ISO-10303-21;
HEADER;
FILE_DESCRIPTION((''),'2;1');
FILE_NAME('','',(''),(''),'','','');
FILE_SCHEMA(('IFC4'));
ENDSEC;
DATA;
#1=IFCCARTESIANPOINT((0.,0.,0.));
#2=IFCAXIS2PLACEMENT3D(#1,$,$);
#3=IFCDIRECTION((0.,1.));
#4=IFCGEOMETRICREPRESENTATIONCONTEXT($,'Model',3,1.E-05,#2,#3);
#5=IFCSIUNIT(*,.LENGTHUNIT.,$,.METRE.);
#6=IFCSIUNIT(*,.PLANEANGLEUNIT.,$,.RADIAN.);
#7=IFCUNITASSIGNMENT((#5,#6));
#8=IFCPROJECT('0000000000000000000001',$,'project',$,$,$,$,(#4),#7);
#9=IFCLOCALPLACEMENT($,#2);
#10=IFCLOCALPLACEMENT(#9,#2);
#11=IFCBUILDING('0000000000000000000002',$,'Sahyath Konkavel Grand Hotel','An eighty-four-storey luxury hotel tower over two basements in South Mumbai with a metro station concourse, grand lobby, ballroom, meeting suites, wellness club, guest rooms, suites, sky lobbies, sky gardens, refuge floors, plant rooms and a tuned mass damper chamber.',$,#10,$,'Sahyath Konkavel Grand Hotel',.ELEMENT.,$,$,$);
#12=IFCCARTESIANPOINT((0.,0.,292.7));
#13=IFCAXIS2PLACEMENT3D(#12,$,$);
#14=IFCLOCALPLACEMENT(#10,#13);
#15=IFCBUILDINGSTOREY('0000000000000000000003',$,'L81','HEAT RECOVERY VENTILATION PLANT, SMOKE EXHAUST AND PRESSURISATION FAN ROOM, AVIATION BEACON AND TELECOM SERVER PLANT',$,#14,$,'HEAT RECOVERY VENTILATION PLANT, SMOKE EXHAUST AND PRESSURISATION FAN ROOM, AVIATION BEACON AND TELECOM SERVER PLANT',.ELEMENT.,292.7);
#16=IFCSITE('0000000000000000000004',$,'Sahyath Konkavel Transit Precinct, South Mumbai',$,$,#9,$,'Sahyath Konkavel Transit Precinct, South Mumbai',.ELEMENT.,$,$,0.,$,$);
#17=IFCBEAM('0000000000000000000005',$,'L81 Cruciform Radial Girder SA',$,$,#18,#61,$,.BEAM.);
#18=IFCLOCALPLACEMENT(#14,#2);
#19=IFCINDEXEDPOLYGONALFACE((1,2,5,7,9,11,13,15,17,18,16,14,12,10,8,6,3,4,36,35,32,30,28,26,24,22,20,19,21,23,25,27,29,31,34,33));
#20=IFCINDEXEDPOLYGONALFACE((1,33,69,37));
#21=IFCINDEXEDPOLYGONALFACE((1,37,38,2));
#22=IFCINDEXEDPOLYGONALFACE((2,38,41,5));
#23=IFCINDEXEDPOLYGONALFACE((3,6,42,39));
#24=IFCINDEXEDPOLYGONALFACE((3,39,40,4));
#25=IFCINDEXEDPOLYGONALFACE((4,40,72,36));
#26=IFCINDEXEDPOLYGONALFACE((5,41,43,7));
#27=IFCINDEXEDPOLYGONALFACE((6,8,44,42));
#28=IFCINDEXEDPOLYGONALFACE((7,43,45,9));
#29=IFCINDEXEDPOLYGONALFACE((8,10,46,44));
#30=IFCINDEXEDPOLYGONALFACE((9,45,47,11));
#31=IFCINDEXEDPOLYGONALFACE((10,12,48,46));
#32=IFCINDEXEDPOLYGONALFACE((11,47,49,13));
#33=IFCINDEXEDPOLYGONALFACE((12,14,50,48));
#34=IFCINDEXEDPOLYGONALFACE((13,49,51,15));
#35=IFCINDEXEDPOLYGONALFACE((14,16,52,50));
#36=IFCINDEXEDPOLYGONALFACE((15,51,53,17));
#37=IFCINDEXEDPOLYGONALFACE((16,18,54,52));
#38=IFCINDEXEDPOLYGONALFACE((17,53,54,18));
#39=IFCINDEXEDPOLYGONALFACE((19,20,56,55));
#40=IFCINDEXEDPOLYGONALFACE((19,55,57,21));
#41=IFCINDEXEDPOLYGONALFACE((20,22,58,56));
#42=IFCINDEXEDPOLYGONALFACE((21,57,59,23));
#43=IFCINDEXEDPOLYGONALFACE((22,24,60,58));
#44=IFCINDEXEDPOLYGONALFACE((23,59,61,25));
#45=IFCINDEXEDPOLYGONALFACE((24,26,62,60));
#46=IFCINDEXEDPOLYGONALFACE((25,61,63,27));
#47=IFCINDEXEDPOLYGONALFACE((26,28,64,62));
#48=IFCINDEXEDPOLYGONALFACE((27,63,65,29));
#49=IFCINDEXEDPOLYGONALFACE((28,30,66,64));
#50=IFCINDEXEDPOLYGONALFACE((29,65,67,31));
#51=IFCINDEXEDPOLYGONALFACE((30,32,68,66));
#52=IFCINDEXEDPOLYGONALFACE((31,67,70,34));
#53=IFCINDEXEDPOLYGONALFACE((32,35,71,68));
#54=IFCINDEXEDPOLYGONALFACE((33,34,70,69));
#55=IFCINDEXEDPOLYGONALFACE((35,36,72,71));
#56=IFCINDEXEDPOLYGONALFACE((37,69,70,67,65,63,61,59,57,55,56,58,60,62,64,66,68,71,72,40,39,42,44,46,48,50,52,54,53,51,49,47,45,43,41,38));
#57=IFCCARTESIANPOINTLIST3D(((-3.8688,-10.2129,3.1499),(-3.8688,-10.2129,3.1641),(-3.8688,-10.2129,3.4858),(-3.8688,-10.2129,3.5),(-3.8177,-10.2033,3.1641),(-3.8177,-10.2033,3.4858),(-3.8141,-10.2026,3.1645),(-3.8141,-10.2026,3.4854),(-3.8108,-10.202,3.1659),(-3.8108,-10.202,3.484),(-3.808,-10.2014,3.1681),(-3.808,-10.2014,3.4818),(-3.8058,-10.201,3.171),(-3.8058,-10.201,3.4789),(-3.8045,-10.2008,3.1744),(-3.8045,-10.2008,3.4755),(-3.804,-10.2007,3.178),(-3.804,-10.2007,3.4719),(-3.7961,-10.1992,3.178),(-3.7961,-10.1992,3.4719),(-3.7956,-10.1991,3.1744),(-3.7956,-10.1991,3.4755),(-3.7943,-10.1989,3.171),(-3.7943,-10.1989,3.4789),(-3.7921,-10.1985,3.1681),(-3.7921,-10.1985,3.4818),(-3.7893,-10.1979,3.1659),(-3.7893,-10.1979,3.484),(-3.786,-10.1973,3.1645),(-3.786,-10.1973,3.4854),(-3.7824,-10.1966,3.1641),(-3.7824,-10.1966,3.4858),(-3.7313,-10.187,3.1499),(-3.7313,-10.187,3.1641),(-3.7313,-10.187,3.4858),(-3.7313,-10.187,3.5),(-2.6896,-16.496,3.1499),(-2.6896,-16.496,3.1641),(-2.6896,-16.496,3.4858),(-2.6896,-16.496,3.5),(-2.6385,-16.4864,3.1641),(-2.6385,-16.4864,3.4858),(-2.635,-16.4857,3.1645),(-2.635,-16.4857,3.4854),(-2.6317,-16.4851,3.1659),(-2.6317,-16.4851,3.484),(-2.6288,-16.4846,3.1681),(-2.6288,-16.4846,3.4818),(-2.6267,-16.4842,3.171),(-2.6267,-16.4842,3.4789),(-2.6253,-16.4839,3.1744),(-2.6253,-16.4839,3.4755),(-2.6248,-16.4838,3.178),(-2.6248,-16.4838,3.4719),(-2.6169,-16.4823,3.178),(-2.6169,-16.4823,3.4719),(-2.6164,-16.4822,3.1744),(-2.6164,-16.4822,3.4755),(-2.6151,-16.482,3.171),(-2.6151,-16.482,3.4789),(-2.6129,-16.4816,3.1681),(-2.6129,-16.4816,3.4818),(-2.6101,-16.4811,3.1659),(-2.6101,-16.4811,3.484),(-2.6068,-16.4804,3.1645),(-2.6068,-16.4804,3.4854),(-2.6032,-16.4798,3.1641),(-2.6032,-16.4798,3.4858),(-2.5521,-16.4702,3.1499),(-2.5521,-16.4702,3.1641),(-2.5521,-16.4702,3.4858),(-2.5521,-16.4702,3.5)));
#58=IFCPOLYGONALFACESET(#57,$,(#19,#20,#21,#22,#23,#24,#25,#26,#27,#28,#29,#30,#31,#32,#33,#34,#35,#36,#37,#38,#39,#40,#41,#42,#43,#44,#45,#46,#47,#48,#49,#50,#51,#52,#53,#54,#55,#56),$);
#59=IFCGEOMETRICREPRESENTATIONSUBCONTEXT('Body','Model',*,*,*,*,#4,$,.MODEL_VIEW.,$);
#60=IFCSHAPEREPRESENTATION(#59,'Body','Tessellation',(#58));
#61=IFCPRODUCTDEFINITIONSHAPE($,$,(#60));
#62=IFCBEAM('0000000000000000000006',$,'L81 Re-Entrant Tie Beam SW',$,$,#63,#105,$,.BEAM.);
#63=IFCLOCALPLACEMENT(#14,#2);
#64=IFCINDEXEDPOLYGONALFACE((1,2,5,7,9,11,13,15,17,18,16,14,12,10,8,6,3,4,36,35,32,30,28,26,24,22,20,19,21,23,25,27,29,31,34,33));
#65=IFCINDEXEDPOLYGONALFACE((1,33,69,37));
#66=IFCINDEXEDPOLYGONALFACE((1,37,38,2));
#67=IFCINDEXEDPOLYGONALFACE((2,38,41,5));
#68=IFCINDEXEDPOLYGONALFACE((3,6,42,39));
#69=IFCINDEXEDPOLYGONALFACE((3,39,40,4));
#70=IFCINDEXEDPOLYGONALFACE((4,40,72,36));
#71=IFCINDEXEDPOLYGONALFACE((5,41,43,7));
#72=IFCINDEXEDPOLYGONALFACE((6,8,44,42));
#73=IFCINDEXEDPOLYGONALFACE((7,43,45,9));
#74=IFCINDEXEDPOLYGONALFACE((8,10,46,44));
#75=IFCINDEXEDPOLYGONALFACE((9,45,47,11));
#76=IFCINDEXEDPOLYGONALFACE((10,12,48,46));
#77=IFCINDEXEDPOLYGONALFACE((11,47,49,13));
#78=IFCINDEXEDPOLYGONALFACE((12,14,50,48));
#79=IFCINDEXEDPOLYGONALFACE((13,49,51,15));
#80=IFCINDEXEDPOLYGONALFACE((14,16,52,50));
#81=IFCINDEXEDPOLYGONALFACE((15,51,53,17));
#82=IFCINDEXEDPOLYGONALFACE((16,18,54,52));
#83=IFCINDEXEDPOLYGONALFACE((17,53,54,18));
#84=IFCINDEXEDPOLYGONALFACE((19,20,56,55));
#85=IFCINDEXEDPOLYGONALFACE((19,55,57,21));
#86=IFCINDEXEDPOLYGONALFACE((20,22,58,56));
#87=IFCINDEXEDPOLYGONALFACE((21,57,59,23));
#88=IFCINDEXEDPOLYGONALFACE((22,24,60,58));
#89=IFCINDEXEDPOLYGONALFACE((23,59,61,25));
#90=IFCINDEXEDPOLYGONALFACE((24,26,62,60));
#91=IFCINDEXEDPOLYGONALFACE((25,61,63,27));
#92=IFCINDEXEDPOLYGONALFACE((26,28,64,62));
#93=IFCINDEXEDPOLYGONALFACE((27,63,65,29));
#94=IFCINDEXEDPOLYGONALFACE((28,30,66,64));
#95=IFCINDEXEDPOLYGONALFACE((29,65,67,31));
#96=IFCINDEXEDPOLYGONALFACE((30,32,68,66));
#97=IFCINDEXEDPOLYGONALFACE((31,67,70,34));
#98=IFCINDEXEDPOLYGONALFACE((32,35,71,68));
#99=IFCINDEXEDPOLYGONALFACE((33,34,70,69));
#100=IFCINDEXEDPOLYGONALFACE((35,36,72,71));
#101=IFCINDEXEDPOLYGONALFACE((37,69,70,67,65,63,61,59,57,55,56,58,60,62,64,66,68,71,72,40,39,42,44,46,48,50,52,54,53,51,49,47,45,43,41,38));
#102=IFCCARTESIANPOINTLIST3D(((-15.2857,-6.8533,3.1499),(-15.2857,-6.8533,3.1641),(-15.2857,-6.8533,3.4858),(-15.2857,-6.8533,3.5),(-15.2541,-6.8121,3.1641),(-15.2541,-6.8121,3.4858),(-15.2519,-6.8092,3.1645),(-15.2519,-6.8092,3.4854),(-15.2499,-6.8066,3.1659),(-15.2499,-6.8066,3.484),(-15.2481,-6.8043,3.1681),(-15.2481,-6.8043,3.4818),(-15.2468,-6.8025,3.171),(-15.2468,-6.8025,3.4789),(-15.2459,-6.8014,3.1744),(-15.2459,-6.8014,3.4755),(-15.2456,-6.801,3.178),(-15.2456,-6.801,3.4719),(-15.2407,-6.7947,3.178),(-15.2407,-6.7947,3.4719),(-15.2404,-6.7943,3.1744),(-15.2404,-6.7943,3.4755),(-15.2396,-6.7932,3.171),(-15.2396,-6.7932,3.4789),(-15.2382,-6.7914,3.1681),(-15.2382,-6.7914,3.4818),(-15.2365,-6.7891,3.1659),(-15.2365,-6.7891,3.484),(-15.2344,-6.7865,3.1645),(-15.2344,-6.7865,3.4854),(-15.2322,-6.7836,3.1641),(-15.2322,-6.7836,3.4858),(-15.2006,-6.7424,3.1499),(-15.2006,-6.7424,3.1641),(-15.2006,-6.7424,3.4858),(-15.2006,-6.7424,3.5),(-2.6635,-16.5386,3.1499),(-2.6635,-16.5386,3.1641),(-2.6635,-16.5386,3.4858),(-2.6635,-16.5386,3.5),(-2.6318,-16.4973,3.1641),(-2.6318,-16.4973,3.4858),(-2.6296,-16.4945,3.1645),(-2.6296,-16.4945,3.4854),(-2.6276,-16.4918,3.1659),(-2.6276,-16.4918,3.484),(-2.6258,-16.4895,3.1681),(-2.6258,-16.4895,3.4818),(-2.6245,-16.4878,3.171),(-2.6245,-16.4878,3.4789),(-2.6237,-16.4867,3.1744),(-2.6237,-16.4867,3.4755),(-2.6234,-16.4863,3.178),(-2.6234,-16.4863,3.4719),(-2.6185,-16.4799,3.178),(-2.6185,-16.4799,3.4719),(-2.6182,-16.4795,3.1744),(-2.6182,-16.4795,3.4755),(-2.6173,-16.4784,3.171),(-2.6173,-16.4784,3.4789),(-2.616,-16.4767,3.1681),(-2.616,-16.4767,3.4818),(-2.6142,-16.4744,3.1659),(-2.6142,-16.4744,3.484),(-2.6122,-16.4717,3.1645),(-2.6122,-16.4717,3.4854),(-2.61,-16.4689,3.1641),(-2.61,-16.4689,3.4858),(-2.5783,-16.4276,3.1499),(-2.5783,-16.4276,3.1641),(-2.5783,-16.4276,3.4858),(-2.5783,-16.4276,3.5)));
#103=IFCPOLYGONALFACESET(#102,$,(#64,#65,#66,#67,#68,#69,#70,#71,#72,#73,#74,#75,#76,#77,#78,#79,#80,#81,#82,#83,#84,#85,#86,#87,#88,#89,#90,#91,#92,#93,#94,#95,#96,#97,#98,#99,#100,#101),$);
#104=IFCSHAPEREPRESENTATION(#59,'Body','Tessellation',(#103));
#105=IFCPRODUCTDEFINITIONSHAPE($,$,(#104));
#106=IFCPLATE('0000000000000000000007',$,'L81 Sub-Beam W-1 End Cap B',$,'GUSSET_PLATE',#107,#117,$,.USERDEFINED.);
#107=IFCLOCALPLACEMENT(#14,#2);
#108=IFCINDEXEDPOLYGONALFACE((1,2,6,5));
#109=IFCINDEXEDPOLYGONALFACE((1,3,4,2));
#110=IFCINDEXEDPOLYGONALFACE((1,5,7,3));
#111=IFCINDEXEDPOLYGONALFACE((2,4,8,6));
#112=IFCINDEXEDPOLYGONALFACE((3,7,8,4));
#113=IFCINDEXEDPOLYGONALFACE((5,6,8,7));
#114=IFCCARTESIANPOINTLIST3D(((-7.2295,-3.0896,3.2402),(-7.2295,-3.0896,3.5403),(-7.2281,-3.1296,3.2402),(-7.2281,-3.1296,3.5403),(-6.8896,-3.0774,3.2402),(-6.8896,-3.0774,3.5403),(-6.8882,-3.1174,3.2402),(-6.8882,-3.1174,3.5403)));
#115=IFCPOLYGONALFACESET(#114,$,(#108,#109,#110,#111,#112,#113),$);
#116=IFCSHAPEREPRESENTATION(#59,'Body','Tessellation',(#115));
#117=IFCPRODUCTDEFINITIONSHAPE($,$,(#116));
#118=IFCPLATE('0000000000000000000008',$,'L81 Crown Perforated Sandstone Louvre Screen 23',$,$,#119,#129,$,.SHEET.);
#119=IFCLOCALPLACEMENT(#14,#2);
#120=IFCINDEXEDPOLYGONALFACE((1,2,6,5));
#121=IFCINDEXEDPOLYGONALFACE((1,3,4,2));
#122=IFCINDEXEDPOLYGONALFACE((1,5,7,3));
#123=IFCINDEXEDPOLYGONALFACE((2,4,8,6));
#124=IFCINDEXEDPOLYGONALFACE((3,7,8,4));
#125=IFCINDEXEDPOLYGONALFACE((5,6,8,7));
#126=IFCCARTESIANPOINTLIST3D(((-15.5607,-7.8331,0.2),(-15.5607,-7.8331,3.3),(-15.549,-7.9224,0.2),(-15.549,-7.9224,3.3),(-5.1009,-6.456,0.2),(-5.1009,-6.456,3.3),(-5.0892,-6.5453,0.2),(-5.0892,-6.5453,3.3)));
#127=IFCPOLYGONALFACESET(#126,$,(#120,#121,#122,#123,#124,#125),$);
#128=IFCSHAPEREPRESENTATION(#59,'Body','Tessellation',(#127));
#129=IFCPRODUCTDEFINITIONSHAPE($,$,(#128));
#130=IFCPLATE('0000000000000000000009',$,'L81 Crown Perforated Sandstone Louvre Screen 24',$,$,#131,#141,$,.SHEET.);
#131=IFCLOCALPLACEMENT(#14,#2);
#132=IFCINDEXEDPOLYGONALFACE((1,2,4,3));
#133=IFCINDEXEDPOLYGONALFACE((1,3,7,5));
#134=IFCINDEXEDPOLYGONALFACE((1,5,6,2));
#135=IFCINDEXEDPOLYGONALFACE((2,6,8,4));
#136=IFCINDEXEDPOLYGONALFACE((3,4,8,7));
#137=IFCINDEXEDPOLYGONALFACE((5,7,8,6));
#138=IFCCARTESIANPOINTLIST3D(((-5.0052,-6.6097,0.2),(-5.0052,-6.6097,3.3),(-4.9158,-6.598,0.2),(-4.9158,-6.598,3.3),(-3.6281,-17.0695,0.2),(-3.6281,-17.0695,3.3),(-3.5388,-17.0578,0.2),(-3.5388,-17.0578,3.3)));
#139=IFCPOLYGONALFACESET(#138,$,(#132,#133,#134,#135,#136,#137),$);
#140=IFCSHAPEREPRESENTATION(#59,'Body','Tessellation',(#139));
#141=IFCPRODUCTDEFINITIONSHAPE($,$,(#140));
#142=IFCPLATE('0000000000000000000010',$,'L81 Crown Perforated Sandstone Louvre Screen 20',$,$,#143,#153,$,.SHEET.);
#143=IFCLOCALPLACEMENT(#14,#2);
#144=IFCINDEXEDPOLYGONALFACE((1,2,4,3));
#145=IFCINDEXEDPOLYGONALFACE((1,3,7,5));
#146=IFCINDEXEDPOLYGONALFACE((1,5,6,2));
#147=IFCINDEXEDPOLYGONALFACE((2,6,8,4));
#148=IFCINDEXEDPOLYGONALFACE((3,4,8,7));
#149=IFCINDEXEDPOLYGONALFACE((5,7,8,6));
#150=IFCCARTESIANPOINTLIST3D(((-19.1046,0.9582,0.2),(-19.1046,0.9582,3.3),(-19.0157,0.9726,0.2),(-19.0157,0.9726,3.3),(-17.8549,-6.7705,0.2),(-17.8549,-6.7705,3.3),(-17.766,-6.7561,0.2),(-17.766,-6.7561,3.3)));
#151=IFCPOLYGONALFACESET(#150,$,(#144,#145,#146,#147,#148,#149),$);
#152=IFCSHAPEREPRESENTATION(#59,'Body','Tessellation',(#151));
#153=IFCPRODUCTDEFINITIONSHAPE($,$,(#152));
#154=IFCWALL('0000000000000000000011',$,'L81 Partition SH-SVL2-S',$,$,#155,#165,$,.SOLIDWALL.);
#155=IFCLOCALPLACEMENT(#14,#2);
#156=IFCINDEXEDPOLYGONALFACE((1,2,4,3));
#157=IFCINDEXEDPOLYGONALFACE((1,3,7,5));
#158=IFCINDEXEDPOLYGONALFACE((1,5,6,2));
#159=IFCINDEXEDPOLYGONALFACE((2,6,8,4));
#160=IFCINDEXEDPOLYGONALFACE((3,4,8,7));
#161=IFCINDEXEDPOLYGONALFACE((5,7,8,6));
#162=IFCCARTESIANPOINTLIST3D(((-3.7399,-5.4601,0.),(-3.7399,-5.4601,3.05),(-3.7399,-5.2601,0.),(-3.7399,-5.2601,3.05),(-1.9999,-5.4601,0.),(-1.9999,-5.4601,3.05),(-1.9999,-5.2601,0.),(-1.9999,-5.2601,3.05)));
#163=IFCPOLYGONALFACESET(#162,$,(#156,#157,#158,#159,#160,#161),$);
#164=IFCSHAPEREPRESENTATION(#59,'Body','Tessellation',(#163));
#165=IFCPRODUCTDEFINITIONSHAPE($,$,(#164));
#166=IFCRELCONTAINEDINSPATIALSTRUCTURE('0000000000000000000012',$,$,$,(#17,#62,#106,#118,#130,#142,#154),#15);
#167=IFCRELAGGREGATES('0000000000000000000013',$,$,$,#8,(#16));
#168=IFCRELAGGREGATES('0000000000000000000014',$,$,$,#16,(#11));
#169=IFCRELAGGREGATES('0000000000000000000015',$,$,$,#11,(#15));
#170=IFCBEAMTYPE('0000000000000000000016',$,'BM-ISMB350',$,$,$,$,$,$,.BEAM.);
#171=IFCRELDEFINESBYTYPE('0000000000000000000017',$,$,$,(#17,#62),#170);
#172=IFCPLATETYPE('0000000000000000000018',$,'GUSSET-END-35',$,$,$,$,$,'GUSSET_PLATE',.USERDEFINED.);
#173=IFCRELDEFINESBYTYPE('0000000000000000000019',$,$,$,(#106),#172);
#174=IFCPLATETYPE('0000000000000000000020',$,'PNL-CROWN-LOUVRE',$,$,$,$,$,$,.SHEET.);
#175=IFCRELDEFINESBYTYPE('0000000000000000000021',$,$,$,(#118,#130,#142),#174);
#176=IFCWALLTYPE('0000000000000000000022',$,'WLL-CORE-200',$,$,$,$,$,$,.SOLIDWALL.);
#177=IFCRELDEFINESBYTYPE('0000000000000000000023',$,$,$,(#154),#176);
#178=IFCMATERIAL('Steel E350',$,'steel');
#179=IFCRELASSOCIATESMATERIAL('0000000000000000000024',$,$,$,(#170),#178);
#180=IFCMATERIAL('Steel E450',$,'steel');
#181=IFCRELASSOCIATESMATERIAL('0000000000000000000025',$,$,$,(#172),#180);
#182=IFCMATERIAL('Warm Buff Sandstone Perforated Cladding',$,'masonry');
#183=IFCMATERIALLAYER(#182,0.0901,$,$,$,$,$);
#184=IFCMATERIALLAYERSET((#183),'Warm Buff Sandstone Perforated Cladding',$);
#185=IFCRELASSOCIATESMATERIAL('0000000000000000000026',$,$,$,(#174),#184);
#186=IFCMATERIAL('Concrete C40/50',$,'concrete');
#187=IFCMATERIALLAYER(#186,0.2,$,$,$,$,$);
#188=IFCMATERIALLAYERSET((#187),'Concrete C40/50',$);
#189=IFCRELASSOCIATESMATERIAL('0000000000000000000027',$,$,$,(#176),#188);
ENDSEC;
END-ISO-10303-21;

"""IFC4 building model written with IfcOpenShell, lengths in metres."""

from ifc_helpers import new_model, si_unit, direction, frame, frame_2d, origin, origin_2d, place, context, subcontext, project, spatial, rectangle, i_section, extrude, source, transform, mapped, material, layer, layer_set, material_profile, profile_set, type_object, element, save


model = new_model("IFC4")

# Units and contexts
model_context = context("Model", 3, precision=1e-05, world=origin(), true_north=direction((0.0, 1.0)))
body_context = subcontext(model_context, "Body", "Model", "MODEL_VIEW")
ifc_project = project(units=[si_unit("LENGTHUNIT", "METRE"), si_unit("PLANEANGLEUNIT", "RADIAN")], contexts=[model_context])

# Site, building, storey
site_placement = place(None, origin())
site = spatial("IfcSite", under=ifc_project, at=site_placement, Name="Sahyath Konkavel Transit Precinct, South Mumbai", LongName="Sahyath Konkavel Transit Precinct, South Mumbai", CompositionType="ELEMENT", RefElevation=0.0)
building_placement = place(site_placement, origin())
building = spatial("IfcBuilding", under=site, at=building_placement, Name="Sahyath Konkavel Grand Hotel", Description="An eighty-four-storey luxury hotel tower over two basements in South Mumbai with a metro station concourse, grand lobby, ballroom, meeting suites, wellness club, guest rooms, suites, sky lobbies, sky gardens, refuge floors, plant rooms and a tuned mass damper chamber.", LongName="Sahyath Konkavel Grand Hotel", CompositionType="ELEMENT")
storey_placement = place(building_placement, frame((0.0, 0.0, 292.7)))
storey = spatial("IfcBuildingStorey", under=building, at=storey_placement, Name="L81", Description="HEAT RECOVERY VENTILATION PLANT, SMOKE EXHAUST AND PRESSURISATION FAN ROOM, AVIATION BEACON AND TELECOM SERVER PLANT", LongName="HEAT RECOVERY VENTILATION PLANT, SMOKE EXHAUST AND PRESSURISATION FAN ROOM, AVIATION BEACON AND TELECOM SERVER PLANT", CompositionType="ELEMENT", Elevation=292.7)

# Shared definitions
ifc_material_1 = material(Name="Concrete C40/50", Category="concrete")

# Beams
ifc_material_2 = material(Name="Steel E350", Category="steel")
ifc_material_profile_1 = material_profile(ifc_material_2, i_section(OverallWidth=0.1399, OverallDepth=0.3501, WebThickness=0.0081, FlangeThickness=0.0142, FilletRadius=0.0139, at=origin_2d()), Name="ISMB 350")
ifc_profile_set_1 = profile_set([ifc_material_profile_1], Name="Steel E350")
beam_type_1 = type_object("IfcBeamType", Name="BM-ISMB350", PredefinedType="BEAM", material=ifc_profile_set_1)
shared_shape_1 = source(origin(), body_context, "Body", "SweptSolid", [
    extrude(i_section(OverallWidth=0.1399, OverallDepth=0.3501, WebThickness=0.0081, FlangeThickness=0.0142, FilletRadius=0.0139, at=origin_2d()), origin(), (0.0, 0.0, 1.0), 6.3928),
])
beam_1_placement = place(storey_placement, frame((-3.8, -10.2, 3.325), z_axis=(0.184455, -0.982841, 0.0), x_axis=(0.982841, 0.184455, 0.0)))
element("IfcBeam", 1, at=beam_1_placement, inside=storey, type_object=beam_type_1, Name="L81 Cruciform Radial Girder SA", PredefinedType="BEAM", context=body_context, shape_type="MappedRepresentation", body=[
    mapped(shared_shape_1, transform((0.0, 0.0, 0.0), scale=1.0)),
])
shared_shape_2 = source(origin(), body_context, "Body", "SweptSolid", [
    extrude(i_section(OverallWidth=0.1399, OverallDepth=0.3501, WebThickness=0.0081, FlangeThickness=0.0142, FilletRadius=0.0139, at=origin_2d()), origin(), (0.0, 0.0, 1.0), 15.9099),
])
beam_2_placement = place(storey_placement, frame((-15.2432, -6.7979, 3.325), z_axis=(0.793358, -0.608756, 0.0), x_axis=(0.608756, 0.793358, 0.0)))
element("IfcBeam", 2, at=beam_2_placement, inside=storey, type_object=beam_type_1, Name="L81 Re-Entrant Tie Beam SW", PredefinedType="BEAM", context=body_context, shape_type="MappedRepresentation", body=[
    mapped(shared_shape_2, transform((0.0, 0.0, 0.0), scale=1.0)),
])

# Plates
ifc_material_3 = material(Name="Steel E450", Category="steel")
plate_type_1 = type_object("IfcPlateType", Name="GUSSET-END-35", ElementType="GUSSET_PLATE", PredefinedType="USERDEFINED", material=ifc_material_3)
shared_shape_3 = source(origin(), body_context, "Body", "SweptSolid", [
    extrude(rectangle(XDim=0.04, YDim=0.3401, at=origin_2d()), origin(), (0.0, 0.0, 1.0), 0.3),
])
plate_1_placement = place(storey_placement, frame((-7.0588, -3.1035, 3.2402), z_axis=(0.0, 0.0, 1.0), x_axis=(0.035789, -0.999359, 0.0)))
element("IfcPlate", 3, at=plate_1_placement, inside=storey, type_object=plate_type_1, Name="L81 Sub-Beam W-1 End Cap B", ObjectType="GUSSET_PLATE", PredefinedType="USERDEFINED", context=body_context, shape_type="MappedRepresentation", body=[
    mapped(shared_shape_3, transform((0.0, 0.0, 0.0), scale=1.0)),
])
ifc_material_4 = material(Name="Warm Buff Sandstone Perforated Cladding", Category="masonry")
ifc_layer_1 = layer(ifc_material_4, 0.0901)
ifc_layer_set_1 = layer_set([ifc_layer_1], Name="Warm Buff Sandstone Perforated Cladding")
plate_type_2 = type_object("IfcPlateType", Name="PNL-CROWN-LOUVRE", PredefinedType="SHEET", material=ifc_layer_set_1)
shared_shape_4 = source(origin(), body_context, "Body", "SweptSolid", [
    extrude(rectangle(XDim=10.55, YDim=0.0901, at=origin_2d()), origin(), (0.0, 0.0, 1.0), 3.1001),
])
for number, where, z_axis, x_axis, name in (
    (4, (-10.325, -7.1892, 0.2), (0.0, 0.0, 1.0), (0.991445, 0.130526, 0.0), "L81 Crown Perforated Sandstone Louvre Screen 23"),
    (5, (-4.272, -11.8337, 0.2), (0.0, 0.0, 1.0), (0.130526, -0.991445, 0.0), "L81 Crown Perforated Sandstone Louvre Screen 24"),
):
    element("IfcPlate", number, at=place(storey_placement, frame(where, z_axis=z_axis, x_axis=x_axis)), inside=storey, type_object=plate_type_2, Name=name, PredefinedType="SHEET", context=body_context, shape_type="MappedRepresentation", body=[
        mapped(shared_shape_4, transform((0.0, 0.0, 0.0), scale=1.0)),
    ])
shared_shape_5 = source(origin(), body_context, "Body", "SweptSolid", [
    extrude(rectangle(XDim=7.8291, YDim=0.0901, at=origin_2d()), origin(), (0.0, 0.0, 1.0), 3.1001),
])
plate_2_placement = place(storey_placement, frame((-18.4353, -2.8989, 0.2), z_axis=(0.0, 0.0, 1.0), x_axis=(0.159623, -0.987178, 0.0)))
element("IfcPlate", 6, at=plate_2_placement, inside=storey, type_object=plate_type_2, Name="L81 Crown Perforated Sandstone Louvre Screen 20", PredefinedType="SHEET", context=body_context, shape_type="MappedRepresentation", body=[
    mapped(shared_shape_5, transform((0.0, 0.0, 0.0), scale=1.0)),
])

# Wall
ifc_layer_2 = layer(ifc_material_1, 0.2)
ifc_layer_set_2 = layer_set([ifc_layer_2], Name="Concrete C40/50")
wall_type_1 = type_object("IfcWallType", Name="WLL-CORE-200", PredefinedType="SOLIDWALL", material=ifc_layer_set_2)
wall_1_placement = place(storey_placement, frame((-3.74, -5.3601, 0.0), z_axis=(0.0, 0.0, 1.0), x_axis=(1.0, 0.0, 0.0)))
element("IfcWall", 7, at=wall_1_placement, inside=storey, type_object=wall_type_1, Name="L81 Partition SH-SVL2-S", PredefinedType="SOLIDWALL", context=body_context, shape_type="SweptSolid", body=[
    extrude(rectangle(XDim=1.74, YDim=0.2, at=frame_2d((0.8701, 0.0))), origin(), (0.0, 0.0, 1.0), 3.05),
])

save(model, "model.ifc")
